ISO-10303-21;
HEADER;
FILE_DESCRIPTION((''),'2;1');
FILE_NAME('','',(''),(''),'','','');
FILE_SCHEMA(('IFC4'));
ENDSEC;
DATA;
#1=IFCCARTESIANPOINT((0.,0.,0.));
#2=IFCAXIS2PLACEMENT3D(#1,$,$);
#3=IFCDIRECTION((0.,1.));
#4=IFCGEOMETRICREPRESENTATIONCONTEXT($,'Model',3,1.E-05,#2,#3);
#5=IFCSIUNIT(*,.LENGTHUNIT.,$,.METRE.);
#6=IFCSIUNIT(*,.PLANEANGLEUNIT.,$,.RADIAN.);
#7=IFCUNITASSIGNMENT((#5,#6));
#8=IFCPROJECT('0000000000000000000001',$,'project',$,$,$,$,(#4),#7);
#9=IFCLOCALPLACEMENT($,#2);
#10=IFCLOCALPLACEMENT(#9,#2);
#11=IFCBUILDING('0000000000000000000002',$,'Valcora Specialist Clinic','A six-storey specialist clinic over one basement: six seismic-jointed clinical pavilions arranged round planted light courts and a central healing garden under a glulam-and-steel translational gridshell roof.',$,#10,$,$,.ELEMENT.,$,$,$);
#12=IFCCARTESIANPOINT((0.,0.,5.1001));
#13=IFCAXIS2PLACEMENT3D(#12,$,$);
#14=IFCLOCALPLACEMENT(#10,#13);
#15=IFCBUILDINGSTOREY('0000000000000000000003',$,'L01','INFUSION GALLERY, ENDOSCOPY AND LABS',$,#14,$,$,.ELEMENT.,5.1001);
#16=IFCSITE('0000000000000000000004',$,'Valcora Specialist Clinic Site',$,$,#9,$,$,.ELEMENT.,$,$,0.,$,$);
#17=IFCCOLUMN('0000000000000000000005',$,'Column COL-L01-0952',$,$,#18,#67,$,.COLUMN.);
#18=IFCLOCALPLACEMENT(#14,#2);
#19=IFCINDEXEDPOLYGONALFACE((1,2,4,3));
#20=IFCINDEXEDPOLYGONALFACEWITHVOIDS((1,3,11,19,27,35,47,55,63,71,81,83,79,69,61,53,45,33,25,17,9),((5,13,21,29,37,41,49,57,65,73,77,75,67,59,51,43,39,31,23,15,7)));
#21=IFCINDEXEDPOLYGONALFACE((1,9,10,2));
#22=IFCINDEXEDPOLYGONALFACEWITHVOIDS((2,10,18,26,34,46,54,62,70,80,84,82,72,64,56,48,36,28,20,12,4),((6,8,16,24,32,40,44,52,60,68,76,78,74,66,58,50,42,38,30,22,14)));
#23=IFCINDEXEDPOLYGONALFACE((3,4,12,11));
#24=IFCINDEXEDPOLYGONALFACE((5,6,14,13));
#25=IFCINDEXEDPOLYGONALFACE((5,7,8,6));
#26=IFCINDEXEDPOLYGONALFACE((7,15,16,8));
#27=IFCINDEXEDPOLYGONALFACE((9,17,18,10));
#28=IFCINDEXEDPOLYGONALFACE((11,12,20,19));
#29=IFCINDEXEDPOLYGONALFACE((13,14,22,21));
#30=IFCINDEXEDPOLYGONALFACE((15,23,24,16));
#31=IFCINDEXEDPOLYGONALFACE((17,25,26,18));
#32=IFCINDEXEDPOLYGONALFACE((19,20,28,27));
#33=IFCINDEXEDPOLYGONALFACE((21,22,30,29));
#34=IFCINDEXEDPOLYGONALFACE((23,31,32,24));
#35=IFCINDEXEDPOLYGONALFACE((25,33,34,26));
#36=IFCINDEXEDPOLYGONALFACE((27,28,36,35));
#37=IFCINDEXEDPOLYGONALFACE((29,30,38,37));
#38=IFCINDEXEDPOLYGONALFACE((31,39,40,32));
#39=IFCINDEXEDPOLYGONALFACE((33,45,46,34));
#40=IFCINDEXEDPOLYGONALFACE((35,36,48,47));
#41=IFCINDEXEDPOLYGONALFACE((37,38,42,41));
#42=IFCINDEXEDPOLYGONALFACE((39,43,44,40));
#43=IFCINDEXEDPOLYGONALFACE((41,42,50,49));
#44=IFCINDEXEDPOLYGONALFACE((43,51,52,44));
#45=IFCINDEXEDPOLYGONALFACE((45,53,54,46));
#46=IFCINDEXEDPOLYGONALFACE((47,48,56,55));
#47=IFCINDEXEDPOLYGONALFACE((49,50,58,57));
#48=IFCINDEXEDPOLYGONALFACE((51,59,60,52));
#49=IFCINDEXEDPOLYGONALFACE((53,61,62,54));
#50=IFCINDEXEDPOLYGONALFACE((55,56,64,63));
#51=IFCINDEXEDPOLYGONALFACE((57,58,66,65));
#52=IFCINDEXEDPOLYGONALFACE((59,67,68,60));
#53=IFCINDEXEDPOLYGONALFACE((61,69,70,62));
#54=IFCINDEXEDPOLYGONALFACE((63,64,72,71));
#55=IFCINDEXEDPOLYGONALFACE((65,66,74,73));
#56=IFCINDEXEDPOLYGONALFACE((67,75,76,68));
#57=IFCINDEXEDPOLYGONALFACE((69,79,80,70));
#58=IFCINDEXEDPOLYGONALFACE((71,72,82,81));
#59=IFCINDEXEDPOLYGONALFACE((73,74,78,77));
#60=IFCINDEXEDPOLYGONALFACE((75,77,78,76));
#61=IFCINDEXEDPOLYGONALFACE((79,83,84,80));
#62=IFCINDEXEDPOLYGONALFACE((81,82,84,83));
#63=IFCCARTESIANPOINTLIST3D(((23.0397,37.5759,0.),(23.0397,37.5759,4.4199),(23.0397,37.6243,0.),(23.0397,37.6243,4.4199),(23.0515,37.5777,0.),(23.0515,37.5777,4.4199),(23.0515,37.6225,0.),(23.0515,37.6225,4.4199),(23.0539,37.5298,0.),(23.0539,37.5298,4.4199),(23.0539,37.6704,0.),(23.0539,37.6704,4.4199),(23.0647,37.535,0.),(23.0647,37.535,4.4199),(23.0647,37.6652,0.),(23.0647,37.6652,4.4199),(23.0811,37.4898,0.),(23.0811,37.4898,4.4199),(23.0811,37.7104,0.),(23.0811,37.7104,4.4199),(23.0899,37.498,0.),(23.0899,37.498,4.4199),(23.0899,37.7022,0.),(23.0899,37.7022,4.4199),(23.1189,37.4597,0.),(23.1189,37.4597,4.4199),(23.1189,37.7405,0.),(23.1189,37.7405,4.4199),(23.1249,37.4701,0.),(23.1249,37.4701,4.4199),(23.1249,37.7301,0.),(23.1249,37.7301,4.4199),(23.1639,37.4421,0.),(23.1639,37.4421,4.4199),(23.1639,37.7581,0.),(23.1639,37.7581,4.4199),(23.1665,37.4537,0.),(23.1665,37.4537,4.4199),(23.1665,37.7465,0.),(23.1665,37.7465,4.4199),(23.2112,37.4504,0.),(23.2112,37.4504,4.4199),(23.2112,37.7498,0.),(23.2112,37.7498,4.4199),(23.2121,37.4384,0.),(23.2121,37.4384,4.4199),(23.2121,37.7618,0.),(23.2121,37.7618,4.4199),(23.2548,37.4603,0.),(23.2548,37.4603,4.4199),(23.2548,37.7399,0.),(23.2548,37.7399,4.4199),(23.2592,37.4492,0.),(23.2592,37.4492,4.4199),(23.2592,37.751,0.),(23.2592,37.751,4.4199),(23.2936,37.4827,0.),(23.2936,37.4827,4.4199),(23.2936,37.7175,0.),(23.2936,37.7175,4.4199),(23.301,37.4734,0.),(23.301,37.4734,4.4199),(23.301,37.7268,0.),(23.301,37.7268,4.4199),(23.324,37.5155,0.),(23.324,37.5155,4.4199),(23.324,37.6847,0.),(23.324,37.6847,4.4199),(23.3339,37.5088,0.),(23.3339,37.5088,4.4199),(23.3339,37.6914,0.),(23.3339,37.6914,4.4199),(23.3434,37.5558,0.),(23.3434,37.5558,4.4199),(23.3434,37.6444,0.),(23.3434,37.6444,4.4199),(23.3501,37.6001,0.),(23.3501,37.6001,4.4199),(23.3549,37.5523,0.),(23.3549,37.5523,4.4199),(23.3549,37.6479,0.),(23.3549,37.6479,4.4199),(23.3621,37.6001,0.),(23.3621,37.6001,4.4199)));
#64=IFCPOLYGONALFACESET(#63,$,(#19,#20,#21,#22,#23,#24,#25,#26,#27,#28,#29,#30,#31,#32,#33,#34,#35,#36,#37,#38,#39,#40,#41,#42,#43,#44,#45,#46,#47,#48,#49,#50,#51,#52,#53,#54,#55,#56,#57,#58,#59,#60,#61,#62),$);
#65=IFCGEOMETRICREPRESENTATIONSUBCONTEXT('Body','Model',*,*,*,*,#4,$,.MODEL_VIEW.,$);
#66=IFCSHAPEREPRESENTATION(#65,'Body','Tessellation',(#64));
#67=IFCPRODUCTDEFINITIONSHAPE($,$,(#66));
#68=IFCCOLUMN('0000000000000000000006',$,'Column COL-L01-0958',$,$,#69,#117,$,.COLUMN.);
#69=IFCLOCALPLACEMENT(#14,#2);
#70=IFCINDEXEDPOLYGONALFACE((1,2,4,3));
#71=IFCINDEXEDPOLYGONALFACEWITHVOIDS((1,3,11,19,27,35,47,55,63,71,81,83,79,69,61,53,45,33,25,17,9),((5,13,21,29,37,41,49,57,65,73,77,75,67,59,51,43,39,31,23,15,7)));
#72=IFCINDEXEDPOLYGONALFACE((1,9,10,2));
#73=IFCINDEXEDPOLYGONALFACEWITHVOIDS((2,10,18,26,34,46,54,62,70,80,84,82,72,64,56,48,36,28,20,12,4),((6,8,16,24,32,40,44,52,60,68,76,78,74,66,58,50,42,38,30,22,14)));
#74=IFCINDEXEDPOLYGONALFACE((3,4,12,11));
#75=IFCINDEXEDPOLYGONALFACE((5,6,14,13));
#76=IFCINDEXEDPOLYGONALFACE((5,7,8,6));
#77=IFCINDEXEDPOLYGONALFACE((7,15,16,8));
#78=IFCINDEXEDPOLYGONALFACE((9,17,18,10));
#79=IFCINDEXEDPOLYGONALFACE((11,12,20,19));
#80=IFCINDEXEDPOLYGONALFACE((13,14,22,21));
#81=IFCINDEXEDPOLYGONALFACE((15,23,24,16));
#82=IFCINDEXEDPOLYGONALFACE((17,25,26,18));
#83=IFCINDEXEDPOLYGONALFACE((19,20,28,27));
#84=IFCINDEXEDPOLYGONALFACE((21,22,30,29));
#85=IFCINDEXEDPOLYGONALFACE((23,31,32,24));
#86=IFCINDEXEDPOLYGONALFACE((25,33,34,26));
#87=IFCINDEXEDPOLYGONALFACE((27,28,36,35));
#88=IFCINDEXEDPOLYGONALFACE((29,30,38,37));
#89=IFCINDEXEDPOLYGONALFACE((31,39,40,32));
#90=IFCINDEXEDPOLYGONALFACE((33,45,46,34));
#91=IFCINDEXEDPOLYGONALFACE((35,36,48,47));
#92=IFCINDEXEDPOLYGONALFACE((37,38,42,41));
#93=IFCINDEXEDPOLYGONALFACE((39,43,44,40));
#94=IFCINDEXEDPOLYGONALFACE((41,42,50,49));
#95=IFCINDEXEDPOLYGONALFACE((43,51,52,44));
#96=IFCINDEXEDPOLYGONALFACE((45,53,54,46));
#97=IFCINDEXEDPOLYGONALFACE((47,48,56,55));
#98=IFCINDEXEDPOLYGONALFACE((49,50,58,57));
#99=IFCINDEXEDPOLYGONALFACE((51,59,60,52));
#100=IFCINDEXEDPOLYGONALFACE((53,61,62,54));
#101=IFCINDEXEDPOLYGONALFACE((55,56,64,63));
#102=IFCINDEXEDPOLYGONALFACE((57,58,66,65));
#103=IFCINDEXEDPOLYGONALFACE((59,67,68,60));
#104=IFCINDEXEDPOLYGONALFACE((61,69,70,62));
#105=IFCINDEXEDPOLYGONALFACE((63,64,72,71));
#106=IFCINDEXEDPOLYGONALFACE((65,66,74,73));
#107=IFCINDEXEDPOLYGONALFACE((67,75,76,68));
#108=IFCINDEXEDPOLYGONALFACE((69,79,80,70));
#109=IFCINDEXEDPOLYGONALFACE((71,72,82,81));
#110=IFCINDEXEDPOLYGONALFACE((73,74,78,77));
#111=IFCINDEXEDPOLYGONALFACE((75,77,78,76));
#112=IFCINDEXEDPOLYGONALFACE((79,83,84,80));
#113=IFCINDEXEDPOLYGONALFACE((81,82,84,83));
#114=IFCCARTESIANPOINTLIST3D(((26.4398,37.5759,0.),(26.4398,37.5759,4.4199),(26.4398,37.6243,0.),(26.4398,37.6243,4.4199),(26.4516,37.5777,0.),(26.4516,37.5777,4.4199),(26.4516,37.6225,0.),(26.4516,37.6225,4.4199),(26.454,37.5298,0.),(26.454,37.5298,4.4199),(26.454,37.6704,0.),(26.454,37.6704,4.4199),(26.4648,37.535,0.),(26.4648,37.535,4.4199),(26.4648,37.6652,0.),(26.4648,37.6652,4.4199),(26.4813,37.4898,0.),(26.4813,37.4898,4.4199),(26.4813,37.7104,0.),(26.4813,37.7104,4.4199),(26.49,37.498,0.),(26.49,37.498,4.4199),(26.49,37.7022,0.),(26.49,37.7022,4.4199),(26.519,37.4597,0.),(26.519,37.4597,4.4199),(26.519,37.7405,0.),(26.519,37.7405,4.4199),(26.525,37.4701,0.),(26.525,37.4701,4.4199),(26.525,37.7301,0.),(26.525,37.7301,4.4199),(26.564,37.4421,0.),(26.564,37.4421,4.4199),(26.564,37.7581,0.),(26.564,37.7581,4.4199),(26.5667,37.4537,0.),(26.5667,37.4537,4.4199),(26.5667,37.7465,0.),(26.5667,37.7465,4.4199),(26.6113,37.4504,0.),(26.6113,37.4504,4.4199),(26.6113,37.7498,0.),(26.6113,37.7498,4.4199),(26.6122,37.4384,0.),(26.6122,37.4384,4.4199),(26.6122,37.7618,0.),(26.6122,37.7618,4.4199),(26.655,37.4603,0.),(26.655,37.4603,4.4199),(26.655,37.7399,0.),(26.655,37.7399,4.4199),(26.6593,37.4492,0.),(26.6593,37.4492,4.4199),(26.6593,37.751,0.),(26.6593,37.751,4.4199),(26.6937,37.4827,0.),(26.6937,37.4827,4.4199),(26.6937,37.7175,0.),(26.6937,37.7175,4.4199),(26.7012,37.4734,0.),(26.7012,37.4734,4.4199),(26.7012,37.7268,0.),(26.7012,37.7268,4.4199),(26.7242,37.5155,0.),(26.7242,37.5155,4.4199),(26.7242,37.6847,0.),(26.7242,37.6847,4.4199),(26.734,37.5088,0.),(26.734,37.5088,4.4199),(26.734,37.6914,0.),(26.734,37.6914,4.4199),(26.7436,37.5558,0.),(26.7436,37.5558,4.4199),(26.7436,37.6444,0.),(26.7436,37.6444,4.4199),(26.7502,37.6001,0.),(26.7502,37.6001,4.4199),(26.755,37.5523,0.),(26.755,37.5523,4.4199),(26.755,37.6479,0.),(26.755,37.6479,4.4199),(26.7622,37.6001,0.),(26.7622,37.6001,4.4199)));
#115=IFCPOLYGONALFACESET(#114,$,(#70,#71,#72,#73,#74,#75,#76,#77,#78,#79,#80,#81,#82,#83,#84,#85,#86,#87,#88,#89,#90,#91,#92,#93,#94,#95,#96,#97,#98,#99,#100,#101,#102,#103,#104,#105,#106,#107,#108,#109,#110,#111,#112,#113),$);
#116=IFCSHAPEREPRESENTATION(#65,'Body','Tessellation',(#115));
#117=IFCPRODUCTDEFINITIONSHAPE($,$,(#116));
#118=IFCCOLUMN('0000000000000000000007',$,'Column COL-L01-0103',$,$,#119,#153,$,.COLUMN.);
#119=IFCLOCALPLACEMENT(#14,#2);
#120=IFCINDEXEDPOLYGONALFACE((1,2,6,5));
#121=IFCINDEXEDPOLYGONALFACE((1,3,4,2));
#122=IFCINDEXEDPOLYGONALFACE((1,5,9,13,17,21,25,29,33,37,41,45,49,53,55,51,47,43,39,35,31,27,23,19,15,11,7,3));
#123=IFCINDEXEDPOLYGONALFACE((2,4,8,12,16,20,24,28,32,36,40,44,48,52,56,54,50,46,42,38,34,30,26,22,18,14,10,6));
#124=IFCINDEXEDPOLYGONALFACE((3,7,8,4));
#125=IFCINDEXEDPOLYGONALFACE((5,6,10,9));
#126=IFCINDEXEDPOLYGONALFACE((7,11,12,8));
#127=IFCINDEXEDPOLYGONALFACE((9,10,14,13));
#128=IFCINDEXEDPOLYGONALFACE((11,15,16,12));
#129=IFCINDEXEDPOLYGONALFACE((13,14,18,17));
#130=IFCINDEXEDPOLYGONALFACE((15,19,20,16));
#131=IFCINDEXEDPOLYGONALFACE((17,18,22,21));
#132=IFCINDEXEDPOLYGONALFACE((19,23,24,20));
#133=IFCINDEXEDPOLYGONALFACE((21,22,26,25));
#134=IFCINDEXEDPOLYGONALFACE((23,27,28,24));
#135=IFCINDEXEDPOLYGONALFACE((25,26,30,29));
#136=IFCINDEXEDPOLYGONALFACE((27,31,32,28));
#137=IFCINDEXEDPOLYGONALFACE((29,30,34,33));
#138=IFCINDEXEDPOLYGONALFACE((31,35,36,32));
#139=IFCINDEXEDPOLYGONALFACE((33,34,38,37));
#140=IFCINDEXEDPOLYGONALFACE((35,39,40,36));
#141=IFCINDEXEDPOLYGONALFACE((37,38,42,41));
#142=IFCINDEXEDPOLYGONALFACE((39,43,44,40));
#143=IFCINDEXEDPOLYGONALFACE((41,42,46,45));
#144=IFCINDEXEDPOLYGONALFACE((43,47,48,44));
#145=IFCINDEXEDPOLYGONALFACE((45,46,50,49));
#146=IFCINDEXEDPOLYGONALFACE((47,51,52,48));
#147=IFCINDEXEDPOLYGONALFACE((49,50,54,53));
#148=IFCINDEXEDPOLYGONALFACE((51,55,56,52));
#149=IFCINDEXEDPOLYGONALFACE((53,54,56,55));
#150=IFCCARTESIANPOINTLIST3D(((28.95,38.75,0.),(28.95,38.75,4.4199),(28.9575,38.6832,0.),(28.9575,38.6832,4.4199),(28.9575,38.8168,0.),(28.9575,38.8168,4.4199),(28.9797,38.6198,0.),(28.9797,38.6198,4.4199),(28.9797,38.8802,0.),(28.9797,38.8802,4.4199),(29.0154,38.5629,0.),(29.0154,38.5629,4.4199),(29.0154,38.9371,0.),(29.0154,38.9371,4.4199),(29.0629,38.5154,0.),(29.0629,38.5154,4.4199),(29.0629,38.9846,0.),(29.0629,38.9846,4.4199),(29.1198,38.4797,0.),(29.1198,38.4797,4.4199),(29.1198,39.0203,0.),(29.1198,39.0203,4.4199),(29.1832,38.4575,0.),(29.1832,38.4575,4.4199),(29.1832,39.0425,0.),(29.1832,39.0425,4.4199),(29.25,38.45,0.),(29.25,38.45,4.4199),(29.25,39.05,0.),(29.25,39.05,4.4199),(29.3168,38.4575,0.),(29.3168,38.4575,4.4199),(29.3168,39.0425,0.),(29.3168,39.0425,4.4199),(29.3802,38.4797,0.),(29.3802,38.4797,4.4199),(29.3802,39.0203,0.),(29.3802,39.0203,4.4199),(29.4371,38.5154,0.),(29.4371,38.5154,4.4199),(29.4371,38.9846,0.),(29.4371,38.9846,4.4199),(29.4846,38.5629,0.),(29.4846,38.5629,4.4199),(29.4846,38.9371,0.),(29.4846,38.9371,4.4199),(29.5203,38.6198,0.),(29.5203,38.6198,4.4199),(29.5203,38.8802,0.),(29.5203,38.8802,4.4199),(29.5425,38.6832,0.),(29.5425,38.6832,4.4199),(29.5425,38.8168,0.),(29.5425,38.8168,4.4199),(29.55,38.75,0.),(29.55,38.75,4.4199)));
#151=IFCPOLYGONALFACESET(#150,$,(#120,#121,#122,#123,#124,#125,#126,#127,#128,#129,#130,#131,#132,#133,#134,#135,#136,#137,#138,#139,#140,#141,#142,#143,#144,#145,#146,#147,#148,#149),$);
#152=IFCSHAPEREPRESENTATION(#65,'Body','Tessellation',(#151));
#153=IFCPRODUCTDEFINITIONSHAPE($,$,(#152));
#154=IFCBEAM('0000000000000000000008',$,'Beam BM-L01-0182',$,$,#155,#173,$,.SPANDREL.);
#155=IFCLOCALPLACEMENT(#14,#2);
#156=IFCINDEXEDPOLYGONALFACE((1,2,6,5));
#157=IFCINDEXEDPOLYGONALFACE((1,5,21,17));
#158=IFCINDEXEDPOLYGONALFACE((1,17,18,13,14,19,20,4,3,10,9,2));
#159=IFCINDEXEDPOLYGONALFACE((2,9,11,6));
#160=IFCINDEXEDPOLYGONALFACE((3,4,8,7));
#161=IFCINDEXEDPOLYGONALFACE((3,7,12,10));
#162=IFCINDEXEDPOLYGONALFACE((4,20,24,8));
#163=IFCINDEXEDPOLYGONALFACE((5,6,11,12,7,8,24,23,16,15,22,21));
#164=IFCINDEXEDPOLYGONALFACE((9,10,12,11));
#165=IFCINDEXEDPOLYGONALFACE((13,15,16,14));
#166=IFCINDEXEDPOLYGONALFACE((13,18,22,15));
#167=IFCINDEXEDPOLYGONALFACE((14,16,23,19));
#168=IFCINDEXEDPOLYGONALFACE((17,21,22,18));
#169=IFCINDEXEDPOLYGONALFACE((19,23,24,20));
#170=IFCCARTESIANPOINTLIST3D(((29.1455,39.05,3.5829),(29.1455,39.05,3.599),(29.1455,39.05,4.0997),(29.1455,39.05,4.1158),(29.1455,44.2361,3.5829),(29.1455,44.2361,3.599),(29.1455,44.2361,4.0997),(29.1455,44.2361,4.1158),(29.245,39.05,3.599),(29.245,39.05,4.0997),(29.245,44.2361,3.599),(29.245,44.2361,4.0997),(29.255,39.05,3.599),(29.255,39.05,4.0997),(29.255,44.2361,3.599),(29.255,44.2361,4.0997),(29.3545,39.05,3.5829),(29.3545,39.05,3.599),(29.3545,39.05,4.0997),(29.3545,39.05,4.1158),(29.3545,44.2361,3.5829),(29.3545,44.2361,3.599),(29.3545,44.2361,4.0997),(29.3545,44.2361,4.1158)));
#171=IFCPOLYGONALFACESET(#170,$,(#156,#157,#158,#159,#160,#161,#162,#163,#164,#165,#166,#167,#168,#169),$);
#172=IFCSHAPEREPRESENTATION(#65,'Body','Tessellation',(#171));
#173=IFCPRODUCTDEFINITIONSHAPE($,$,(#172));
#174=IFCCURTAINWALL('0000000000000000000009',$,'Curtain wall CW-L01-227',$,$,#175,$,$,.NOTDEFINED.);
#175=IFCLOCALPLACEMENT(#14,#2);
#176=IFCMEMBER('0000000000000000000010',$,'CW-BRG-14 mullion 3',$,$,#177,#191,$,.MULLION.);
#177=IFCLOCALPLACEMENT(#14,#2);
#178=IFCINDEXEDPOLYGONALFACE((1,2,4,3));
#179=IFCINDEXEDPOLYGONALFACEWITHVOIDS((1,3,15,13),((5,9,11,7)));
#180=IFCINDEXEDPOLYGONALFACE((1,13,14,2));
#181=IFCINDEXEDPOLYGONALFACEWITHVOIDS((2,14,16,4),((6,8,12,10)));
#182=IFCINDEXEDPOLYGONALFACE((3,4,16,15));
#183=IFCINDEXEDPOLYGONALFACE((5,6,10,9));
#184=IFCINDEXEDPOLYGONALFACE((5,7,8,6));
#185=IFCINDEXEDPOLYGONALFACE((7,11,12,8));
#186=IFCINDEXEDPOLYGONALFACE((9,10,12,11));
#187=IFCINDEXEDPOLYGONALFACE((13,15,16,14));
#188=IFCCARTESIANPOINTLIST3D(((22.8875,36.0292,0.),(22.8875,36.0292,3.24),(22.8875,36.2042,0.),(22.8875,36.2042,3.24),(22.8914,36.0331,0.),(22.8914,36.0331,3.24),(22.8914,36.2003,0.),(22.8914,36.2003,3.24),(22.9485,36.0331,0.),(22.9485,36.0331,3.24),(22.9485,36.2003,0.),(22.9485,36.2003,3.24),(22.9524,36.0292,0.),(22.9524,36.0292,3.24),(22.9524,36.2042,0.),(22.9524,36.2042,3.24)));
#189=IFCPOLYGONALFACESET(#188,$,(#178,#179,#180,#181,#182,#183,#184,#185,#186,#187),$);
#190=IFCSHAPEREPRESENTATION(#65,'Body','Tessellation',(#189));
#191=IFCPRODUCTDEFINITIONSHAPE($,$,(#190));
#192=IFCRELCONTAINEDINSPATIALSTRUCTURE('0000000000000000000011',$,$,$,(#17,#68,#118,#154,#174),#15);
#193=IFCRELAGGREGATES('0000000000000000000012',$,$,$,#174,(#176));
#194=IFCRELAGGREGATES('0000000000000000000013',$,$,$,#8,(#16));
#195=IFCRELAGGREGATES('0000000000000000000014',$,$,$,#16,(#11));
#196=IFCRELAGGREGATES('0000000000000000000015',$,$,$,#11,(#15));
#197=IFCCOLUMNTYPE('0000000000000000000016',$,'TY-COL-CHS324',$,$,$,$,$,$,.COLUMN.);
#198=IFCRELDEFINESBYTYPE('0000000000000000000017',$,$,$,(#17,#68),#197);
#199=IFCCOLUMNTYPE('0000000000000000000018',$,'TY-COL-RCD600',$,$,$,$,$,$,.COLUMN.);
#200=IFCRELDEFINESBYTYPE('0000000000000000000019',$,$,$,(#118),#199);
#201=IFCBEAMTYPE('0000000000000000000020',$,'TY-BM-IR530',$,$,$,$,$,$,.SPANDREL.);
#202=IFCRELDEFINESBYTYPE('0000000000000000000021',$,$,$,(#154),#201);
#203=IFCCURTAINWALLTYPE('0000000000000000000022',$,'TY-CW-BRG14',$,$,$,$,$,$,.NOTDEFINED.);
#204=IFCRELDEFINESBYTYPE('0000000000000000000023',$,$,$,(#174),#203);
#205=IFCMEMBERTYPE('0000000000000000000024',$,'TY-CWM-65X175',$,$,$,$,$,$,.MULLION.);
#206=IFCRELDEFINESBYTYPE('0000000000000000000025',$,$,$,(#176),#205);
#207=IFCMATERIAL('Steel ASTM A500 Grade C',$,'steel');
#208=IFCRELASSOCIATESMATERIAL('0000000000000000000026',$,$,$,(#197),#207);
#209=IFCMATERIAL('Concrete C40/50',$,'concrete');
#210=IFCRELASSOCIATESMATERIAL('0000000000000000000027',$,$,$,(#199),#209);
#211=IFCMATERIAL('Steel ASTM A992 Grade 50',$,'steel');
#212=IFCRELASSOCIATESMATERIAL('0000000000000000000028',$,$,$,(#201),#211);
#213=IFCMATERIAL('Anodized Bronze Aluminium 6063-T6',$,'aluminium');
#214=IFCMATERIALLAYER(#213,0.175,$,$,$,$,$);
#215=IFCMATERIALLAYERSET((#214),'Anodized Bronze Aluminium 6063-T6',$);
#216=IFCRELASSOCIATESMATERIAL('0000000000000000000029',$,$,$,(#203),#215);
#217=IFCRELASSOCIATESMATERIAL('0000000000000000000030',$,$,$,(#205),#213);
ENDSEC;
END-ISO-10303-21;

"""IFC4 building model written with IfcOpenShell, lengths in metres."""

from ifc_helpers import new_model, si_unit, direction, frame, origin, origin_2d, place, context, subcontext, project, spatial, hollow_rectangle, circle, hollow_circle, i_section, extrude, material, layer, layer_set, material_profile, profile_set, type_object, element, aggregate, save


model = new_model("IFC4")

# Units and contexts
model_context = context("Model", 3, precision=1e-05, world=origin(), true_north=direction((0.0, 1.0)))
body_context = subcontext(model_context, "Body", "Model", "MODEL_VIEW")
ifc_project = project(units=[si_unit("LENGTHUNIT", "METRE"), si_unit("PLANEANGLEUNIT", "RADIAN")], contexts=[model_context])

# Site, building, storey
site_placement = place(None, origin())
site = spatial("IfcSite", under=ifc_project, at=site_placement, Name="Valcora Specialist Clinic Site", CompositionType="ELEMENT", RefElevation=0.0)
building_placement = place(site_placement, origin())
building = spatial("IfcBuilding", under=site, at=building_placement, Name="Valcora Specialist Clinic", Description="A six-storey specialist clinic over one basement: six seismic-jointed clinical pavilions arranged round planted light courts and a central healing garden under a glulam-and-steel translational gridshell roof.", CompositionType="ELEMENT")
storey_placement = place(building_placement, frame((0.0, 0.0, 5.1001)))
storey = spatial("IfcBuildingStorey", under=building, at=storey_placement, Name="L01", Description="INFUSION GALLERY, ENDOSCOPY AND LABS", CompositionType="ELEMENT", Elevation=5.1001)

# Columns
ifc_material_1 = material(Name="Steel ASTM A500 Grade C", Category="steel")
ifc_material_profile_1 = material_profile(ifc_material_1, hollow_circle(Radius=0.1621, WallThickness=0.012, at=origin_2d()), Name="ST-CHS-324X12")
ifc_profile_set_1 = profile_set([ifc_material_profile_1], Name="Steel ASTM A500 Grade C")
column_type_1 = type_object("IfcColumnType", Name="TY-COL-CHS324", PredefinedType="COLUMN", material=ifc_profile_set_1)
for number, where, z_axis, x_axis, name in (
    (1, (23.2, 37.6001, 0.0), (0.0, 0.0, 1.0), (1.0, 0.0, 0.0), "Column COL-L01-0952"),
    (2, (26.6001, 37.6001, 0.0), (0.0, 0.0, 1.0), (1.0, 0.0, 0.0), "Column COL-L01-0958"),
):
    element("IfcColumn", number, at=place(storey_placement, frame(where, z_axis=z_axis, x_axis=x_axis)), inside=storey, type_object=column_type_1, Name=name, PredefinedType="COLUMN", context=body_context, shape_type="SweptSolid", body=[
        extrude(hollow_circle(Radius=0.1621, WallThickness=0.012, at=origin_2d()), origin(), (0.0, 0.0, 1.0), 4.4199),
    ])
ifc_material_2 = material(Name="Concrete C40/50", Category="concrete")
ifc_material_profile_2 = material_profile(ifc_material_2, circle(Radius=0.3, at=origin_2d()), Name="RC-COL-D600")
ifc_profile_set_2 = profile_set([ifc_material_profile_2], Name="Concrete C40/50")
column_type_2 = type_object("IfcColumnType", Name="TY-COL-RCD600", PredefinedType="COLUMN", material=ifc_profile_set_2)
column_placement = place(storey_placement, frame((29.25, 38.75, 0.0), z_axis=(0.0, 0.0, 1.0), x_axis=(1.0, 0.0, 0.0)))
element("IfcColumn", 3, at=column_placement, inside=storey, type_object=column_type_2, Name="Column COL-L01-0103", PredefinedType="COLUMN", context=body_context, shape_type="SweptSolid", body=[
    extrude(circle(Radius=0.3, at=origin_2d()), origin(), (0.0, 0.0, 1.0), 4.4199),
])

# Beam
ifc_material_3 = material(Name="Steel ASTM A992 Grade 50", Category="steel")
ifc_material_profile_3 = material_profile(ifc_material_3, i_section(OverallWidth=0.209, OverallDepth=0.533, WebThickness=0.01, FlangeThickness=0.0161, at=origin_2d()), Name="ST-IR-530X210")
ifc_profile_set_3 = profile_set([ifc_material_profile_3], Name="Steel ASTM A992 Grade 50")
beam_type = type_object("IfcBeamType", Name="TY-BM-IR530", PredefinedType="SPANDREL", material=ifc_profile_set_3)
beam_placement = place(storey_placement, frame((29.25, 39.05, 3.8494), z_axis=(0.0, 1.0, 0.0), x_axis=(-1.0, 0.0, 0.0)))
element("IfcBeam", 4, at=beam_placement, inside=storey, type_object=beam_type, Name="Beam BM-L01-0182", PredefinedType="SPANDREL", context=body_context, shape_type="SweptSolid", body=[
    extrude(i_section(OverallWidth=0.209, OverallDepth=0.533, WebThickness=0.01, FlangeThickness=0.0161, at=origin_2d()), origin(), (0.0, 0.0, 1.0), 5.186),
])

# Curtain wall, member
ifc_material_4 = material(Name="Anodized Bronze Aluminium 6063-T6", Category="aluminium")
ifc_layer_1 = layer(ifc_material_4, 0.175)
ifc_layer_set_1 = layer_set([ifc_layer_1], Name="Anodized Bronze Aluminium 6063-T6")
curtain_wall_type = type_object("IfcCurtainWallType", Name="TY-CW-BRG14", PredefinedType="NOTDEFINED", material=ifc_layer_set_1)
curtain_wall_1_placement = place(storey_placement, origin())
curtain_wall_1 = element("IfcCurtainWall", 5, at=curtain_wall_1_placement, inside=storey, type_object=curtain_wall_type, Name="Curtain wall CW-L01-227", PredefinedType="NOTDEFINED")
ifc_material_profile_4 = material_profile(ifc_material_4, hollow_rectangle(XDim=0.0649, YDim=0.175, WallThickness=0.0039, at=origin_2d()), Name="AL-MUL-65X175")
ifc_profile_set_4 = profile_set([ifc_material_profile_4], Name="Anodized Bronze Aluminium 6063-T6")
member_type_1 = type_object("IfcMemberType", Name="TY-CWM-65X175", PredefinedType="MULLION", material=ifc_profile_set_4)
member_1_placement = place(storey_placement, frame((22.9199, 36.1167, 0.0), z_axis=(0.0, 0.0, 1.0), x_axis=(-1.0, 0.0, 0.0)))
member_1 = element("IfcMember", 6, at=member_1_placement, type_object=member_type_1, Name="CW-BRG-14 mullion 3", PredefinedType="MULLION", context=body_context, shape_type="SweptSolid", body=[
    extrude(hollow_rectangle(XDim=0.0649, YDim=0.175, WallThickness=0.0039, at=origin_2d()), origin(), (0.0, 0.0, 1.0), 3.24),
])

aggregate(curtain_wall_1, [member_1])

save(model, "model.ifc")
